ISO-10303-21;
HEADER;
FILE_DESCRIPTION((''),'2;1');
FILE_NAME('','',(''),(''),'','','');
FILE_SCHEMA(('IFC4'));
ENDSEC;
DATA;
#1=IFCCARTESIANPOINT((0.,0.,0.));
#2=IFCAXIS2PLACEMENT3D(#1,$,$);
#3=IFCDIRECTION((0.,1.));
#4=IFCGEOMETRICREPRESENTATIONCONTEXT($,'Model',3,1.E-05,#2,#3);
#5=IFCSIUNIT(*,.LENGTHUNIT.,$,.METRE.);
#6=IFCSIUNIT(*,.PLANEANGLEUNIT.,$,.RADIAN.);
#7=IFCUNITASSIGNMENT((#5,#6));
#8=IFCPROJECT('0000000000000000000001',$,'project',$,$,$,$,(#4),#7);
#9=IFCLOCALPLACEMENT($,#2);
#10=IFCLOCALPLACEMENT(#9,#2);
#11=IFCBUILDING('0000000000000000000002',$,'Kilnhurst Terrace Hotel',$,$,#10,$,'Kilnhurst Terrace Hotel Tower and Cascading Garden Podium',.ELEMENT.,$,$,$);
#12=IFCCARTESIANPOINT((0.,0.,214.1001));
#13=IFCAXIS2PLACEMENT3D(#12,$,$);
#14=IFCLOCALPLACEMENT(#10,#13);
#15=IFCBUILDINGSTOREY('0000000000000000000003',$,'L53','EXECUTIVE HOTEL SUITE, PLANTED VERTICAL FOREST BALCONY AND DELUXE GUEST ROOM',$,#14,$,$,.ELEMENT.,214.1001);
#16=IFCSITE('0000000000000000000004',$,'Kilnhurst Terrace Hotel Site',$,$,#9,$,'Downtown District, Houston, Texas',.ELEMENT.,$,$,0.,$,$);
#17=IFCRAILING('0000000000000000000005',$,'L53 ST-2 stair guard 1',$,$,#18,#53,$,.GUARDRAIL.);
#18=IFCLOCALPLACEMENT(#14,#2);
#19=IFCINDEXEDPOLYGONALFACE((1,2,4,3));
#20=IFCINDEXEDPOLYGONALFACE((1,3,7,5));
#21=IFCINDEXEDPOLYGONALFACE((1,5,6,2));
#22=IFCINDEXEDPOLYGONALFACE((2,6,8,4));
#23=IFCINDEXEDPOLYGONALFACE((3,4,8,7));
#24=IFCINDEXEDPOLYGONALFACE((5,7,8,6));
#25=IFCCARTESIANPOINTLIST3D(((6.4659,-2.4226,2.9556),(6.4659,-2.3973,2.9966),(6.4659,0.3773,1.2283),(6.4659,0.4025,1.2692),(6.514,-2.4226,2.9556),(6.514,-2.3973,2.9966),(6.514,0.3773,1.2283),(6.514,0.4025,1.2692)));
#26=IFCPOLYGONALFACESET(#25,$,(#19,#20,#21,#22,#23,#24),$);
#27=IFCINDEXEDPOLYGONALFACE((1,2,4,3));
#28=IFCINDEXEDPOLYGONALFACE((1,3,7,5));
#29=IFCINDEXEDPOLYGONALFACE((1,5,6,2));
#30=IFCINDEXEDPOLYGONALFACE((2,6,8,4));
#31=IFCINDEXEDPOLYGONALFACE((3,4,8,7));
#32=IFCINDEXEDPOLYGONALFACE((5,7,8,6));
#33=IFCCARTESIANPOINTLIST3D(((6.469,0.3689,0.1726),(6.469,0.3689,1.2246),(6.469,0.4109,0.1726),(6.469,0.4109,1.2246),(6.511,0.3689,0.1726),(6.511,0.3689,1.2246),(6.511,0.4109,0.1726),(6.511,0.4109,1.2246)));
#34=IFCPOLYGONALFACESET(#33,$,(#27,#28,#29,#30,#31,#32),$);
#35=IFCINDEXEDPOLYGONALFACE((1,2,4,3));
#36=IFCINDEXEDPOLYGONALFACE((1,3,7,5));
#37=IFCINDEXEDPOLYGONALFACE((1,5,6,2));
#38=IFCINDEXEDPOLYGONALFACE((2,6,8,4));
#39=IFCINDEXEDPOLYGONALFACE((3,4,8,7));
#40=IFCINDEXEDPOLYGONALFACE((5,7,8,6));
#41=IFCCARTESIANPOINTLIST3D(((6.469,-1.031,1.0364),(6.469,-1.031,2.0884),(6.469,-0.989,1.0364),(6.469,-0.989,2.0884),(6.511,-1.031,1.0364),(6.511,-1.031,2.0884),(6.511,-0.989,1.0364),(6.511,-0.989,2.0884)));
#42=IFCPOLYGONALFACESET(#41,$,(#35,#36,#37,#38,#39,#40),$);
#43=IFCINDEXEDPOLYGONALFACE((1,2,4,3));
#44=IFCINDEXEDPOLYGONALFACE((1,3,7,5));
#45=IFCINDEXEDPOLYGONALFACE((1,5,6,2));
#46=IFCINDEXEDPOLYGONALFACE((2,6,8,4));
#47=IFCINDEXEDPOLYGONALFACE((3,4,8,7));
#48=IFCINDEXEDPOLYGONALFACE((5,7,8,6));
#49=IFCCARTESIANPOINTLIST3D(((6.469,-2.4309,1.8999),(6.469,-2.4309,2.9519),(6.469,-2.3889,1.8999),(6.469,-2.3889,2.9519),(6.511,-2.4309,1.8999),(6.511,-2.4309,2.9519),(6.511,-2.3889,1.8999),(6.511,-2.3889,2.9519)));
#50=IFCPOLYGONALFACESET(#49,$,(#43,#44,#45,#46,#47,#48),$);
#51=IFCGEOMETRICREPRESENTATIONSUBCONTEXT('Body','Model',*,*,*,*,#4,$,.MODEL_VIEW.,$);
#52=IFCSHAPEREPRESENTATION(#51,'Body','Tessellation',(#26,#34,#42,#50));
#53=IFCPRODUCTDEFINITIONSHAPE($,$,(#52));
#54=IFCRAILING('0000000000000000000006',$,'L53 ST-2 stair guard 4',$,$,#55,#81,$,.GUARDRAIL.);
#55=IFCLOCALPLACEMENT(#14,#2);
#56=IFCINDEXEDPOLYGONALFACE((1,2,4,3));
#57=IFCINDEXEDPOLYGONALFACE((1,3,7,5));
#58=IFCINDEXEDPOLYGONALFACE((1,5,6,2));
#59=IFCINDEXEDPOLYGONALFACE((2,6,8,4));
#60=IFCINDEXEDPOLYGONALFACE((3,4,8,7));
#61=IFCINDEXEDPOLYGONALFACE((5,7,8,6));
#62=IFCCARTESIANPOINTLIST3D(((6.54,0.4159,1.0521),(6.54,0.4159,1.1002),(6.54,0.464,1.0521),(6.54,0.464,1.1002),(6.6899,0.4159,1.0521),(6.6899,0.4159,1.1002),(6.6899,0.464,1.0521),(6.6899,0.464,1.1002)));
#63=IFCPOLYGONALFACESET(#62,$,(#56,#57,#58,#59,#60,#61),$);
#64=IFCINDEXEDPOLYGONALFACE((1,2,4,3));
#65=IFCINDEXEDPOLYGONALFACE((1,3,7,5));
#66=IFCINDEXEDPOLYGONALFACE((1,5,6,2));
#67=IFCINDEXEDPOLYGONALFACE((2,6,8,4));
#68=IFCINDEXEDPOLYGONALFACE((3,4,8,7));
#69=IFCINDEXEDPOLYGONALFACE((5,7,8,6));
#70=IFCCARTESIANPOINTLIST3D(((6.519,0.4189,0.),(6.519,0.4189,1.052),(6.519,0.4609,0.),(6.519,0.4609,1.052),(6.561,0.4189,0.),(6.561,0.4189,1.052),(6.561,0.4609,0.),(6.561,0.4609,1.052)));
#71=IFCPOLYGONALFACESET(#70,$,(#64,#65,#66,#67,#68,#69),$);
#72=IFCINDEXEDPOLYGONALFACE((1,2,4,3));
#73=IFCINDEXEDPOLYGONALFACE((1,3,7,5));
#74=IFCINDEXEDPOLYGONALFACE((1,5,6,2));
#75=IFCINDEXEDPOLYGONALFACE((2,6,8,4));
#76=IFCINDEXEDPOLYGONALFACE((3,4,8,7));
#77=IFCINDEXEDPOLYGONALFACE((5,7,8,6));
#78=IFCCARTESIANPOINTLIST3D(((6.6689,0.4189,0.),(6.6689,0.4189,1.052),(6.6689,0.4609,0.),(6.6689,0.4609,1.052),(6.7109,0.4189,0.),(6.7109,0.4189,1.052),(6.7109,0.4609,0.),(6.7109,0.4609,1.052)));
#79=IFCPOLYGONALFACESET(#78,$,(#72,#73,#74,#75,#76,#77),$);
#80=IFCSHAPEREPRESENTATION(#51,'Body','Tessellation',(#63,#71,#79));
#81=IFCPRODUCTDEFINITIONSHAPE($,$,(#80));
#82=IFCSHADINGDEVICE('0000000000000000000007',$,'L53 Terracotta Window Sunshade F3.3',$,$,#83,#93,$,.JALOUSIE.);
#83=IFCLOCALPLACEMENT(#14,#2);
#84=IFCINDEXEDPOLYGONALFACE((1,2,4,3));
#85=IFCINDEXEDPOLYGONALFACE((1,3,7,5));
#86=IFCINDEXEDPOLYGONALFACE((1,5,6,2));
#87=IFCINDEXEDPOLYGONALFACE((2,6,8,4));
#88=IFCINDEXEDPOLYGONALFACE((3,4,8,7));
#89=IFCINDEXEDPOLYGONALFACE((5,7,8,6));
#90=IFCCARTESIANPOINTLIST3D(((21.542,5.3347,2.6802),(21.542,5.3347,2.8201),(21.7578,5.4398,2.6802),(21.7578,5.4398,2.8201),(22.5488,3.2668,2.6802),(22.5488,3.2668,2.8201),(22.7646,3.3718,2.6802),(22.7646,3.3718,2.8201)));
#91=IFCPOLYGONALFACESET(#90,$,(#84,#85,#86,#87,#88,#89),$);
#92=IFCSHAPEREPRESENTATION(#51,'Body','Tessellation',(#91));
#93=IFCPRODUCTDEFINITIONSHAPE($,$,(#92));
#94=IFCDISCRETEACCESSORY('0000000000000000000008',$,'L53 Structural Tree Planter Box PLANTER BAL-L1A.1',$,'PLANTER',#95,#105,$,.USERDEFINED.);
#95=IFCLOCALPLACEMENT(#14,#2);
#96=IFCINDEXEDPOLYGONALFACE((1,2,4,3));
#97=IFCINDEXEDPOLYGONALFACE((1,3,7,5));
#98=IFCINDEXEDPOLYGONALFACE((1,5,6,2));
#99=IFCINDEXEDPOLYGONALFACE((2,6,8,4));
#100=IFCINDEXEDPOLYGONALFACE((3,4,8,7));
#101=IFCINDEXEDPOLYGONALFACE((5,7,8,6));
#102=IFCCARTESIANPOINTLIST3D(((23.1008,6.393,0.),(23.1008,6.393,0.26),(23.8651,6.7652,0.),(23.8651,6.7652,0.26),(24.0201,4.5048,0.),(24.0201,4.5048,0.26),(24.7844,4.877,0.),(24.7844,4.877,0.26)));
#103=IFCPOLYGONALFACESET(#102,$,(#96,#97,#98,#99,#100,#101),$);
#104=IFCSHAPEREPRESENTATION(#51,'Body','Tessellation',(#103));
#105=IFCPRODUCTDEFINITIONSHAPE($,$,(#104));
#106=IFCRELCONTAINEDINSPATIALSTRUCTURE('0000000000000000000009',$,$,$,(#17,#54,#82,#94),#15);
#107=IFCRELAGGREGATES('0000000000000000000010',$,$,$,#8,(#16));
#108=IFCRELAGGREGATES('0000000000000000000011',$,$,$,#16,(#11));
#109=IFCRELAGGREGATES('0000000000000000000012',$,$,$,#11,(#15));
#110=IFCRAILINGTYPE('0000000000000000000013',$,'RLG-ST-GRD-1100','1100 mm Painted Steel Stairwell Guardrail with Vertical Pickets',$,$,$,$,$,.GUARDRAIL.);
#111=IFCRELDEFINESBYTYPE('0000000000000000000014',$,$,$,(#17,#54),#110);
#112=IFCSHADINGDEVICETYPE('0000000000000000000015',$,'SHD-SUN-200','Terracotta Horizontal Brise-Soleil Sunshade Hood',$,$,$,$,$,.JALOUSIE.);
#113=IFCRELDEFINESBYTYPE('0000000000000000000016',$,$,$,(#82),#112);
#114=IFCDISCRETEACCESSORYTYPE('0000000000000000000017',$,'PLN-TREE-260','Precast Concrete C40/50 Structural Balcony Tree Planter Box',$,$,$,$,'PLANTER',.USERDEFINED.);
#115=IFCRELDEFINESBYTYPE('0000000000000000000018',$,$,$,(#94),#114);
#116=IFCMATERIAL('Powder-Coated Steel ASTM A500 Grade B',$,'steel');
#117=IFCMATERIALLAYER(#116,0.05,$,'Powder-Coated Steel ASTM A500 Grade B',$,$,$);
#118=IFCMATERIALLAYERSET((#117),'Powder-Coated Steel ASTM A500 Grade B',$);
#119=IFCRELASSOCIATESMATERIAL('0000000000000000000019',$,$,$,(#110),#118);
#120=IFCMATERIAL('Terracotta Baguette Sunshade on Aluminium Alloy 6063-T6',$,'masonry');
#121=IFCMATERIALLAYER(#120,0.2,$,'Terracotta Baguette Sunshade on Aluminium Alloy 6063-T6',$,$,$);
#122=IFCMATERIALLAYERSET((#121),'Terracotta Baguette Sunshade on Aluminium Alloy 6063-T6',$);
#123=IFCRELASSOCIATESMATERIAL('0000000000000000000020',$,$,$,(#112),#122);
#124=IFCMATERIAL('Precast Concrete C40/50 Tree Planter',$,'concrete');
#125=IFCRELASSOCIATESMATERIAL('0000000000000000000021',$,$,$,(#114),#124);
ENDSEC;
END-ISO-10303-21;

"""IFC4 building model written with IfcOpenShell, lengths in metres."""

from ifc_helpers import new_model, si_unit, direction, frame, origin, origin_2d, place, context, subcontext, project, spatial, rectangle, extrude, material, layer, layer_set, type_object, element, save


model = new_model("IFC4")

# Units and contexts
model_context = context("Model", 3, precision=1e-05, world=origin(), true_north=direction((0.0, 1.0)))
body_context = subcontext(model_context, "Body", "Model", "MODEL_VIEW")
ifc_project = project(units=[si_unit("LENGTHUNIT", "METRE"), si_unit("PLANEANGLEUNIT", "RADIAN")], contexts=[model_context])

# Site, building, storey
site_placement = place(None, origin())
site = spatial("IfcSite", under=ifc_project, at=site_placement, Name="Kilnhurst Terrace Hotel Site", LongName="Downtown District, Houston, Texas", CompositionType="ELEMENT", RefElevation=0.0)
building_placement = place(site_placement, origin())
building = spatial("IfcBuilding", under=site, at=building_placement, Name="Kilnhurst Terrace Hotel", LongName="Kilnhurst Terrace Hotel Tower and Cascading Garden Podium", CompositionType="ELEMENT")
storey_placement = place(building_placement, frame((0.0, 0.0, 214.1001)))
storey = spatial("IfcBuildingStorey", under=building, at=storey_placement, Name="L53", Description="EXECUTIVE HOTEL SUITE, PLANTED VERTICAL FOREST BALCONY AND DELUXE GUEST ROOM", CompositionType="ELEMENT", Elevation=214.1001)

# Railings
ifc_material_1 = material(Name="Powder-Coated Steel ASTM A500 Grade B", Category="steel")
ifc_layer_1 = layer(ifc_material_1, 0.05, Name="Powder-Coated Steel ASTM A500 Grade B")
ifc_layer_set_1 = layer_set([ifc_layer_1], Name="Powder-Coated Steel ASTM A500 Grade B")
railing_type = type_object("IfcRailingType", Name="RLG-ST-GRD-1100", Description="1100 mm Painted Steel Stairwell Guardrail with Vertical Pickets", PredefinedType="GUARDRAIL", material=ifc_layer_set_1)
railing_1_placement = place(storey_placement, frame((6.49, 0.3899, 0.1726)))
element("IfcRailing", 1, at=railing_1_placement, inside=storey, type_object=railing_type, Name="L53 ST-2 stair guard 1", PredefinedType="GUARDRAIL", context=body_context, shape_type="SweptSolid", body=[
    extrude(rectangle(XDim=0.0481, YDim=0.0481, at=origin_2d()), frame((0.0, 0.0, 1.0762), z_axis=(0.0, -0.851069, 0.525054), x_axis=(1.0, 0.0, 0.0)), (0.0, 0.0, 1.0), 3.2898),
    extrude(rectangle(XDim=0.042, YDim=0.042, at=origin_2d()), origin(), (0.0, 0.0, 1.0), 1.052),
    extrude(rectangle(XDim=0.042, YDim=0.042, at=origin_2d()), frame((0.0, -1.3999, 0.8638)), (0.0, 0.0, 1.0), 1.052),
    extrude(rectangle(XDim=0.042, YDim=0.042, at=origin_2d()), frame((0.0, -2.7998, 1.7273)), (0.0, 0.0, 1.0), 1.052),
])
railing_2_placement = place(storey_placement, frame((6.54, 0.4399, 0.0)))
element("IfcRailing", 2, at=railing_2_placement, inside=storey, type_object=railing_type, Name="L53 ST-2 stair guard 4", PredefinedType="GUARDRAIL", context=body_context, shape_type="SweptSolid", body=[
    extrude(rectangle(XDim=0.0481, YDim=0.0481, at=origin_2d()), frame((0.0, 0.0, 1.0762), z_axis=(1.0, 0.0, 0.0), x_axis=(0.0, 1.0, 0.0)), (0.0, 0.0, 1.0), 0.1499),
    extrude(rectangle(XDim=0.042, YDim=0.042, at=origin_2d()), origin(), (0.0, 0.0, 1.0), 1.052),
    extrude(rectangle(XDim=0.042, YDim=0.042, at=origin_2d()), frame((0.1499, 0.0, 0.0)), (0.0, 0.0, 1.0), 1.052),
])

# Shading device
ifc_material_2 = material(Name="Terracotta Baguette Sunshade on Aluminium Alloy 6063-T6", Category="masonry")
ifc_layer_2 = layer(ifc_material_2, 0.2, Name="Terracotta Baguette Sunshade on Aluminium Alloy 6063-T6")
ifc_layer_set_2 = layer_set([ifc_layer_2], Name="Terracotta Baguette Sunshade on Aluminium Alloy 6063-T6")
shading_device_type = type_object("IfcShadingDeviceType", Name="SHD-SUN-200", Description="Terracotta Horizontal Brise-Soleil Sunshade Hood", PredefinedType="JALOUSIE", material=ifc_layer_set_2)
shading_device_placement = place(storey_placement, frame((22.1533, 4.3533, 2.6802), z_axis=(0.0, 0.0, 1.0), x_axis=(-0.437744, 0.8991, 0.0)))
element("IfcShadingDevice", 3, at=shading_device_placement, inside=storey, type_object=shading_device_type, Name="L53 Terracotta Window Sunshade F3.3", PredefinedType="JALOUSIE", context=body_context, shape_type="SweptSolid", body=[
    extrude(rectangle(XDim=2.3, YDim=0.24, at=origin_2d()), origin(), (0.0, 0.0, 1.0), 0.1399),
])

# Discrete accessory
ifc_material_3 = material(Name="Precast Concrete C40/50 Tree Planter", Category="concrete")
discrete_accessory_type = type_object("IfcDiscreteAccessoryType", Name="PLN-TREE-260", Description="Precast Concrete C40/50 Structural Balcony Tree Planter Box", ElementType="PLANTER", PredefinedType="USERDEFINED", material=ifc_material_3)
discrete_accessory_placement = place(storey_placement, frame((23.9426, 5.635, 0.0), z_axis=(0.0, 0.0, 1.0), x_axis=(-0.437744, 0.8991, 0.0)))
element("IfcDiscreteAccessory", 4, at=discrete_accessory_placement, inside=storey, type_object=discrete_accessory_type, Name="L53 Structural Tree Planter Box PLANTER BAL-L1A.1", ObjectType="PLANTER", PredefinedType="USERDEFINED", context=body_context, shape_type="SweptSolid", body=[
    extrude(rectangle(XDim=2.1001, YDim=0.8501, at=origin_2d()), origin(), (0.0, 0.0, 1.0), 0.26),
])

save(model, "model.ifc")
